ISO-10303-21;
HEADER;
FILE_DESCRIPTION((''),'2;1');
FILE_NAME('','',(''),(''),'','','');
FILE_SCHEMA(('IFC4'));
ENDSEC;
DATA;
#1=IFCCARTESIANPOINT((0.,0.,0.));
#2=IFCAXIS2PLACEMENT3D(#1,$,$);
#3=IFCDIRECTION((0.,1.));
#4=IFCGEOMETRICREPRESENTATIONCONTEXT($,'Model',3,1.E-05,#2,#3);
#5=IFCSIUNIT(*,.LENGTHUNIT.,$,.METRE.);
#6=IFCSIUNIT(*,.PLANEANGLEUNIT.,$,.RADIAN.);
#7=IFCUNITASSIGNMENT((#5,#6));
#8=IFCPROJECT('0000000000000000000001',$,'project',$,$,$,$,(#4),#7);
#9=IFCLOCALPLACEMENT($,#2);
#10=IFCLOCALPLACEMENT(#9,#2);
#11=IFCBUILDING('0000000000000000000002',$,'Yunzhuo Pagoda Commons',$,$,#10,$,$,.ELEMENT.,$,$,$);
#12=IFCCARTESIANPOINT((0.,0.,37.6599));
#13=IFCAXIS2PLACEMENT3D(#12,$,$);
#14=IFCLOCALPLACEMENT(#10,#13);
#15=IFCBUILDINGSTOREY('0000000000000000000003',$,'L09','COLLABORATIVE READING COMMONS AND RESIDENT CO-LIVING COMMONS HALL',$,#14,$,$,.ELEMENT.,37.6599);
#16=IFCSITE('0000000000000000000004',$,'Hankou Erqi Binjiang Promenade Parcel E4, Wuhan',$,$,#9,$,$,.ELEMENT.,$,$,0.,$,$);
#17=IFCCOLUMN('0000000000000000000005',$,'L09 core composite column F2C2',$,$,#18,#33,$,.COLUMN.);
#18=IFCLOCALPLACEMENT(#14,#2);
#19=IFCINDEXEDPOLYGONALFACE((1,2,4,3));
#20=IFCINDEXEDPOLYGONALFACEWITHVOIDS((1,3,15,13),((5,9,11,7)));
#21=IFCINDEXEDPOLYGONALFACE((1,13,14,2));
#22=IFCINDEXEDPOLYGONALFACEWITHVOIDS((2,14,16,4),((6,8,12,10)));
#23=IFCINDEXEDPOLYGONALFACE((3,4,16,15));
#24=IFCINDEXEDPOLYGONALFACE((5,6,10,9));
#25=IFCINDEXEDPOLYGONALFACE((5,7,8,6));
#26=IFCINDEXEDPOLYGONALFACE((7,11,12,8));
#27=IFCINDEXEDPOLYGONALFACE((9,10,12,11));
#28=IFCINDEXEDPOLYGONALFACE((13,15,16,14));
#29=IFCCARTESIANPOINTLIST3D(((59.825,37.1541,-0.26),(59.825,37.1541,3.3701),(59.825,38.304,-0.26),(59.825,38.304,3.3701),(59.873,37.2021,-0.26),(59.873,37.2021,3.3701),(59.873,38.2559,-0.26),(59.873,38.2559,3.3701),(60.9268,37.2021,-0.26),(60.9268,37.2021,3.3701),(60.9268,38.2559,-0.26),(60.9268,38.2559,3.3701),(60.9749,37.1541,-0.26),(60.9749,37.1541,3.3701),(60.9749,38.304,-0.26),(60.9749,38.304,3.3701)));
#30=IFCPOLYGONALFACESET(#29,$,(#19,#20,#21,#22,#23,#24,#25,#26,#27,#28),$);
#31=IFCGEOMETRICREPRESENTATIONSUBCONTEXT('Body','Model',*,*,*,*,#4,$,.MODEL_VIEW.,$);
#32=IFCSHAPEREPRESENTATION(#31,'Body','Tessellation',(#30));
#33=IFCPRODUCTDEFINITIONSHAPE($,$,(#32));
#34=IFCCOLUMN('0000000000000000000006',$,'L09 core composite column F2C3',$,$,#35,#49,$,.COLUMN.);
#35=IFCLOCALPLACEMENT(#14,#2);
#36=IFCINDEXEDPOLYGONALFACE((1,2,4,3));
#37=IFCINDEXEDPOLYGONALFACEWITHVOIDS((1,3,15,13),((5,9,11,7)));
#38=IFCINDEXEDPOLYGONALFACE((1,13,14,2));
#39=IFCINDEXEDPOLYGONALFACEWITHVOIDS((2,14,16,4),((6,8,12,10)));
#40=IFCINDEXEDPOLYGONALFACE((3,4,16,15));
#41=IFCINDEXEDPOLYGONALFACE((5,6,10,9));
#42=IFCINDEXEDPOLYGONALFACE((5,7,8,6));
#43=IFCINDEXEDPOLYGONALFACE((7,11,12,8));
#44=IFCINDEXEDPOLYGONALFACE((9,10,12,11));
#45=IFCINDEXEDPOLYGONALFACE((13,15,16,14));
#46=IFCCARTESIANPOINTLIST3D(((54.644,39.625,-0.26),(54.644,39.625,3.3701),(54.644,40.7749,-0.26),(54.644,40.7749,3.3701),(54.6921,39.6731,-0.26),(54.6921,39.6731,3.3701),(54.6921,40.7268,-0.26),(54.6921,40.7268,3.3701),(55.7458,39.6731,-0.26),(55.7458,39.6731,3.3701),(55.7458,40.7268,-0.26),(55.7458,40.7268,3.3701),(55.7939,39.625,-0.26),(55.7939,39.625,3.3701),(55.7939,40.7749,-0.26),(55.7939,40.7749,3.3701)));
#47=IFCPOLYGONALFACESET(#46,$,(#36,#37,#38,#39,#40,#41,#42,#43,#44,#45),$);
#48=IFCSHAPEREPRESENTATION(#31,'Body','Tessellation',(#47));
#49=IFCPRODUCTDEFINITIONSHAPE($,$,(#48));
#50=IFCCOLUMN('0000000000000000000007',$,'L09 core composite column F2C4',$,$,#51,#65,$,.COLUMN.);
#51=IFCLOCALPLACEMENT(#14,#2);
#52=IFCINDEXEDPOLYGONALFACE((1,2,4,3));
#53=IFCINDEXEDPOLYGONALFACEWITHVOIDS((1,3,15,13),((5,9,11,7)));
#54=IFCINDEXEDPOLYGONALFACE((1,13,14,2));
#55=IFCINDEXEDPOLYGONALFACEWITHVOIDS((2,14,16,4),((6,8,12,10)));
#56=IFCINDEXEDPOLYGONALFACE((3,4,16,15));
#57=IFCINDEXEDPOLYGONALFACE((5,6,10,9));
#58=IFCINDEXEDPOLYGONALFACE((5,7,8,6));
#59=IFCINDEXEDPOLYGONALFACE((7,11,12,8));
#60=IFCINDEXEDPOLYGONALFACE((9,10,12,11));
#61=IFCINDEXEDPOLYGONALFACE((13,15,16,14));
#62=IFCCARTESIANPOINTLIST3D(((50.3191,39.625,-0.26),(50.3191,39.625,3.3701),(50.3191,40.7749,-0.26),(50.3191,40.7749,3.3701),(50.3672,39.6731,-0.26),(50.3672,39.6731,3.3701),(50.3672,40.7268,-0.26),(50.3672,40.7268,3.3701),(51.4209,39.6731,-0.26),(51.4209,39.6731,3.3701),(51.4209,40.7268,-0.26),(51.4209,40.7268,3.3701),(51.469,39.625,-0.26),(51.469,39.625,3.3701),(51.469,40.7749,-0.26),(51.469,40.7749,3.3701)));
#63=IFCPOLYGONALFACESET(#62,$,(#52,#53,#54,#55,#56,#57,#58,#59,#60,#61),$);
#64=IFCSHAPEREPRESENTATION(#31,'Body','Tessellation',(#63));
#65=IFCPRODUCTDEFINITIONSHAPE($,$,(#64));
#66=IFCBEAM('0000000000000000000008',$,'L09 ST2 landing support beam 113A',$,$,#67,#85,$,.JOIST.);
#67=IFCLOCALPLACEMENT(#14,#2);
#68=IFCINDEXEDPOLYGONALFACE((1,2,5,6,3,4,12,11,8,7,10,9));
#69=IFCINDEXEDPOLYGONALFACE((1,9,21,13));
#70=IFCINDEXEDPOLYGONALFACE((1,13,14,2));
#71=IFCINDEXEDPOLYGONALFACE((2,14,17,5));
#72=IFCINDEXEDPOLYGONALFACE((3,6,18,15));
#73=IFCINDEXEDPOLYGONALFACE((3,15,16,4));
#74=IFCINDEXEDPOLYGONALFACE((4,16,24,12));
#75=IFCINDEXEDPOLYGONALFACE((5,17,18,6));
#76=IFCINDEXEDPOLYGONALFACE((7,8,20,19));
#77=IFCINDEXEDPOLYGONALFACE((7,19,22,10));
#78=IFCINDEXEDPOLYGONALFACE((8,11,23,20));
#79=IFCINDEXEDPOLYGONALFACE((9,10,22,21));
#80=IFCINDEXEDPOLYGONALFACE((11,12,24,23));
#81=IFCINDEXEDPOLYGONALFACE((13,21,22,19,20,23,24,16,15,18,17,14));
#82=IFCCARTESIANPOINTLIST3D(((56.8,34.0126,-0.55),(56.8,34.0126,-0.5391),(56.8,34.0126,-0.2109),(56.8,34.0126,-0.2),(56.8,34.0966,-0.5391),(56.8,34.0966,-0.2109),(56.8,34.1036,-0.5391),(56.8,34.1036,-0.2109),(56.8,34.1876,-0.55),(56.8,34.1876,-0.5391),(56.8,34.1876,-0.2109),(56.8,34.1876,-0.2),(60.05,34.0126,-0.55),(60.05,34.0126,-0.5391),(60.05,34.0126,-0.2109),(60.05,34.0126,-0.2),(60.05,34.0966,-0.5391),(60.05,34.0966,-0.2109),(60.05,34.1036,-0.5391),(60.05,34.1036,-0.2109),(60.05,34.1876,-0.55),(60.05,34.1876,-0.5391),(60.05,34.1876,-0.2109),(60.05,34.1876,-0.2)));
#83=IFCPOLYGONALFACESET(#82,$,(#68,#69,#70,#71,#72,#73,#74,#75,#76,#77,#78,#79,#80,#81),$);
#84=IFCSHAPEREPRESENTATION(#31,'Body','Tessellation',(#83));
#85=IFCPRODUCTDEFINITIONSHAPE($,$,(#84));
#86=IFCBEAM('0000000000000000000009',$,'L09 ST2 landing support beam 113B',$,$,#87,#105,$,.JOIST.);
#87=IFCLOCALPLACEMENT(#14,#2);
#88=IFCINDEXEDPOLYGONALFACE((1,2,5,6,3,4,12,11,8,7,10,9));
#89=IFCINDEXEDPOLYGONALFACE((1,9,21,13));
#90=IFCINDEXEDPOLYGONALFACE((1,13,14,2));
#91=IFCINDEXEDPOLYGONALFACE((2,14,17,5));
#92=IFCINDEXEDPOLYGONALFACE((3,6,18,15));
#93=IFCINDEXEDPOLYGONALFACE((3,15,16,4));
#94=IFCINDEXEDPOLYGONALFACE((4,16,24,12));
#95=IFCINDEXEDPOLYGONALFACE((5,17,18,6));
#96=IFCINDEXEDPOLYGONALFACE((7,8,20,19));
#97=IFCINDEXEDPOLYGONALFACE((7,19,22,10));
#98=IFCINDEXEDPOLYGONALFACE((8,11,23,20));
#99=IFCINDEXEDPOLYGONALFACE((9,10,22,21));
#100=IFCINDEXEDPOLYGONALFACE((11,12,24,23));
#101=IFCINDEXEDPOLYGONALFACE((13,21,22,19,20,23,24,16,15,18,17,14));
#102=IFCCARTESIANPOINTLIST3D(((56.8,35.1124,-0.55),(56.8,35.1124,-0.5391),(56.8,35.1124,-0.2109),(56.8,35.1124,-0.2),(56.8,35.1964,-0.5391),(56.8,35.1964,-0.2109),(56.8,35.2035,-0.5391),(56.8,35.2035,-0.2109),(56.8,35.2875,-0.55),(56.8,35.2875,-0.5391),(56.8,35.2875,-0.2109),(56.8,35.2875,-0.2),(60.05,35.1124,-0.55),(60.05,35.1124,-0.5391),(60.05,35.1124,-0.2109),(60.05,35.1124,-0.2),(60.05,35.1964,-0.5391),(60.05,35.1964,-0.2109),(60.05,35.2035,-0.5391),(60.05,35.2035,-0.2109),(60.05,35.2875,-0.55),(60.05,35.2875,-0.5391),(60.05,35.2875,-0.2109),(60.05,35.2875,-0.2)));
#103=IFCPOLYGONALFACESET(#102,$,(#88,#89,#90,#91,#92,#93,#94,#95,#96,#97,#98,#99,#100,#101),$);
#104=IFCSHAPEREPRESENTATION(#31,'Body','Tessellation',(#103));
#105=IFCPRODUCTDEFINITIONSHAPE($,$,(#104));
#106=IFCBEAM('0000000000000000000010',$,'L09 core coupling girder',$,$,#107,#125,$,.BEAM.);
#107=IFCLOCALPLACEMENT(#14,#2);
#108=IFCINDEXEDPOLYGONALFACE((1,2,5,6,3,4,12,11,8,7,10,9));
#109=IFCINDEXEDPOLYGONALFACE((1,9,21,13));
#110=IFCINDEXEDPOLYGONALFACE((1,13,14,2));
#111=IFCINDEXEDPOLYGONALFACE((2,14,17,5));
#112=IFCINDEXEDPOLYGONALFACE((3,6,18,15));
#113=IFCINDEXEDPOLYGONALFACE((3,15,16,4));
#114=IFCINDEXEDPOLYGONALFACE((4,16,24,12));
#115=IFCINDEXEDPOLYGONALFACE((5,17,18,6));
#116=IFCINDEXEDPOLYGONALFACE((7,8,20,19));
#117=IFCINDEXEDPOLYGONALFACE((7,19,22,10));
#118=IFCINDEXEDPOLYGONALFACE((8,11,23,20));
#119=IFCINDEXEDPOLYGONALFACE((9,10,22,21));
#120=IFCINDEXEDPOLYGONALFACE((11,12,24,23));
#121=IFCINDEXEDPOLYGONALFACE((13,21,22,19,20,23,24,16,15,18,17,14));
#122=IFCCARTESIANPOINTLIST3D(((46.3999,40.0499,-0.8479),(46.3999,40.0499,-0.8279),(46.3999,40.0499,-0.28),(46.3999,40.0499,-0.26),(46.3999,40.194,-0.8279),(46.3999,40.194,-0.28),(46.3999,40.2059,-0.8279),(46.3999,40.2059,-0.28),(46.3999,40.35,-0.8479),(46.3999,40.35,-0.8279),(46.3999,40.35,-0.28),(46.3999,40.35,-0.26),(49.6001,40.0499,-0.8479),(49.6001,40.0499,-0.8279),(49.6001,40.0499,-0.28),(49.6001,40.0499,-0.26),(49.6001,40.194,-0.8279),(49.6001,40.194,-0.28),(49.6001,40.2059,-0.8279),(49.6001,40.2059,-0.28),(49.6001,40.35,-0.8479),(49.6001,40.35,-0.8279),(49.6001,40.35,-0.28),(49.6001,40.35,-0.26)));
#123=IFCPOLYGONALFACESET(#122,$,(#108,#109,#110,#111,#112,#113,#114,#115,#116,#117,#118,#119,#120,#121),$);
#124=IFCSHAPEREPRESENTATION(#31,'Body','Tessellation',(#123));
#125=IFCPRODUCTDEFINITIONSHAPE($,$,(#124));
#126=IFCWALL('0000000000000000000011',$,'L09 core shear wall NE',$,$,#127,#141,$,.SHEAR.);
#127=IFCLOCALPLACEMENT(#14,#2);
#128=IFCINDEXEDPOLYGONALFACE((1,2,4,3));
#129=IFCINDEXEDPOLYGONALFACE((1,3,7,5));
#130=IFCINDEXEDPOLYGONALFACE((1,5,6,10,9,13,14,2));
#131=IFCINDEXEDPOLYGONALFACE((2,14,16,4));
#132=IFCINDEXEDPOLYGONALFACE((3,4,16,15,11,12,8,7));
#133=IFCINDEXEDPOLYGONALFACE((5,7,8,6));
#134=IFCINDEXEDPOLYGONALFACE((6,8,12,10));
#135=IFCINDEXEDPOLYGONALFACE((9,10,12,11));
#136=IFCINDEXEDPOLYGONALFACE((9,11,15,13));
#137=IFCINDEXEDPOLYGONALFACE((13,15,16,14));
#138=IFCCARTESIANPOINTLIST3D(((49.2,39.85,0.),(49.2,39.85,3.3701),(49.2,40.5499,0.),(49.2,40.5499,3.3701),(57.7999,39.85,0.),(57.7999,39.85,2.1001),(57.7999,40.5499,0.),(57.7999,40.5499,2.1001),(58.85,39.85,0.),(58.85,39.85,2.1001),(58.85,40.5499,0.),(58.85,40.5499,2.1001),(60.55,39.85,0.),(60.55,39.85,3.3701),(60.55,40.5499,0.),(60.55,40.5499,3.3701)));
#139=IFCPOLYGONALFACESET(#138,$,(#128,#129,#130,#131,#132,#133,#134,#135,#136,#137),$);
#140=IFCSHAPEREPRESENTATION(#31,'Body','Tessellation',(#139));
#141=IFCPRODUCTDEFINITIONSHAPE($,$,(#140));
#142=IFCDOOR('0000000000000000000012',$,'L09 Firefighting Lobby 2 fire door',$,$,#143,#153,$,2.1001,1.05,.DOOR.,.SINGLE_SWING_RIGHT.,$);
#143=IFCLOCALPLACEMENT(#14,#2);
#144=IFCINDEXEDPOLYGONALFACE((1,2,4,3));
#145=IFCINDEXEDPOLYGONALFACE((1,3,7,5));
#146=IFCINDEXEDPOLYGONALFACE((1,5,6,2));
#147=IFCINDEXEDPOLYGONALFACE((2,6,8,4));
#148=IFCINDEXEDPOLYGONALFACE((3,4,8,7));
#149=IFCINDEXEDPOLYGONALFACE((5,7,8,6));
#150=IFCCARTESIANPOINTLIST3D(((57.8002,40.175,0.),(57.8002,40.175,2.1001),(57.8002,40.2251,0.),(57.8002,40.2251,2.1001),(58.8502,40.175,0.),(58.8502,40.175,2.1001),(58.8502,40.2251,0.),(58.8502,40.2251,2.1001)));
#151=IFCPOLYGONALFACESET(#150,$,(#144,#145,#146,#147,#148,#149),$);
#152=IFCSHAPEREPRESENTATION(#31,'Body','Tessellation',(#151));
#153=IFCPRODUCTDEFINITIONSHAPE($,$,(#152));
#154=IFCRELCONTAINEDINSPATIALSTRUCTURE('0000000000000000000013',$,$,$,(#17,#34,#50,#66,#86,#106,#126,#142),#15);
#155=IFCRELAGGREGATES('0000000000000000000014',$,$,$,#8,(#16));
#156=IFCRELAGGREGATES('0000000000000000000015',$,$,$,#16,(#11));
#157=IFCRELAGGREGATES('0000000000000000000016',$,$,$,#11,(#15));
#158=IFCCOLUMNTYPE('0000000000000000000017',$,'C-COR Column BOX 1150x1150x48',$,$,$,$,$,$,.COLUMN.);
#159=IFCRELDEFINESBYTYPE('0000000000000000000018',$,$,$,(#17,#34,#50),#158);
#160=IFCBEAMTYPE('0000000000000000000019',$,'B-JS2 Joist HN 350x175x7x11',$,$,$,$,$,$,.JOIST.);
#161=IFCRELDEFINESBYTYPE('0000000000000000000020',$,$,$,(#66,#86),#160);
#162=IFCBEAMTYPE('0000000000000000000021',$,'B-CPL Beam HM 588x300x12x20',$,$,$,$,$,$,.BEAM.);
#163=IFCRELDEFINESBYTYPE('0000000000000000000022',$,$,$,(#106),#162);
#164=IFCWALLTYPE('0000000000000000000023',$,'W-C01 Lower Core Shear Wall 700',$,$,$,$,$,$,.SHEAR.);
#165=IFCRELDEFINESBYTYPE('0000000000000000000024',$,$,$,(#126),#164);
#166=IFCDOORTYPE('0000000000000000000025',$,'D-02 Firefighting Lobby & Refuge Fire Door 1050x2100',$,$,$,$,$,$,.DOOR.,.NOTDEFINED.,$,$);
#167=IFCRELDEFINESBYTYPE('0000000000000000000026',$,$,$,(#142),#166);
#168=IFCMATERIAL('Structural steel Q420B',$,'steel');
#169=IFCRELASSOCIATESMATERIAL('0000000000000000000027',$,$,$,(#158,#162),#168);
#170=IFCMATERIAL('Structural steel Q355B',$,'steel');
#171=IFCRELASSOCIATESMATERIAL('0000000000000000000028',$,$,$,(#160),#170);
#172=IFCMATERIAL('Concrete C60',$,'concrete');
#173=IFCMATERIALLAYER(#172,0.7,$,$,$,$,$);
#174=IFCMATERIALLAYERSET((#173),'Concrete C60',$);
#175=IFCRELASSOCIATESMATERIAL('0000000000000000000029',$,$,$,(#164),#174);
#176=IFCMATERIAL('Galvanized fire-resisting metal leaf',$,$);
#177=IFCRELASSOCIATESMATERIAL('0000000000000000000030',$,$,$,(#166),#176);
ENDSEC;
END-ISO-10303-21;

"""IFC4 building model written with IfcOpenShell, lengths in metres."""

from ifc_helpers import new_model, si_unit, direction, frame, frame_2d, origin, origin_2d, place, context, subcontext, project, spatial, rectangle, hollow_rectangle, i_section, extrude, source, transform, mapped, material, layer, layer_set, material_profile, profile_set, type_object, element, fill, save


model = new_model("IFC4")

# Units and contexts
model_context = context("Model", 3, precision=1e-05, world=origin(), true_north=direction((0.0, 1.0)))
body_context = subcontext(model_context, "Body", "Model", "MODEL_VIEW")
ifc_project = project(units=[si_unit("LENGTHUNIT", "METRE"), si_unit("PLANEANGLEUNIT", "RADIAN")], contexts=[model_context])

# Site, building, storey
site_placement = place(None, origin())
site = spatial("IfcSite", under=ifc_project, at=site_placement, Name="Hankou Erqi Binjiang Promenade Parcel E4, Wuhan", CompositionType="ELEMENT", RefElevation=0.0)
building_placement = place(site_placement, origin())
building = spatial("IfcBuilding", under=site, at=building_placement, Name="Yunzhuo Pagoda Commons", CompositionType="ELEMENT")
storey_placement = place(building_placement, frame((0.0, 0.0, 37.6599)))
storey = spatial("IfcBuildingStorey", under=building, at=storey_placement, Name="L09", Description="COLLABORATIVE READING COMMONS AND RESIDENT CO-LIVING COMMONS HALL", CompositionType="ELEMENT", Elevation=37.6599)

# Columns
ifc_material_1 = material(Name="Structural steel Q420B", Category="steel")
ifc_material_profile_1 = material_profile(ifc_material_1, hollow_rectangle(XDim=1.1499, YDim=1.1499, WallThickness=0.0481, at=origin_2d()), Name="Structural steel Q420B")
ifc_profile_set_1 = profile_set([ifc_material_profile_1], Name="Structural steel Q420B")
column_type = type_object("IfcColumnType", Name="C-COR Column BOX 1150x1150x48", PredefinedType="COLUMN", material=ifc_profile_set_1)
shared_shape_1 = source(origin(), body_context, "Body", "SweptSolid", [
    extrude(hollow_rectangle(XDim=1.1499, YDim=1.1499, WallThickness=0.0481, at=origin_2d()), origin(), (0.0, 0.0, 1.0), 3.6301),
])
for number, where, z_axis, x_axis, name in (
    (1, (60.3999, 37.729, -0.26), (0.0, 0.0, 1.0), (1.0, 0.0, 0.0), "L09 core composite column F2C2"),
    (2, (55.219, 40.2, -0.26), (0.0, 0.0, 1.0), (1.0, 0.0, 0.0), "L09 core composite column F2C3"),
    (3, (50.894, 40.2, -0.26), (0.0, 0.0, 1.0), (1.0, 0.0, 0.0), "L09 core composite column F2C4"),
):
    element("IfcColumn", number, at=place(storey_placement, frame(where, z_axis=z_axis, x_axis=x_axis)), inside=storey, type_object=column_type, Name=name, PredefinedType="COLUMN", context=body_context, shape_type="MappedRepresentation", body=[
        mapped(shared_shape_1, transform((0.0, 0.0, 0.0), scale=1.0)),
    ])

# Beams
ifc_material_2 = material(Name="Structural steel Q355B", Category="steel")
ifc_material_profile_2 = material_profile(ifc_material_2, i_section(OverallWidth=0.175, OverallDepth=0.3501, WebThickness=0.0071, FlangeThickness=0.011, at=origin_2d()), Name="Structural steel Q355B")
ifc_profile_set_2 = profile_set([ifc_material_profile_2], Name="Structural steel Q355B")
beam_type_1 = type_object("IfcBeamType", Name="B-JS2 Joist HN 350x175x7x11", PredefinedType="JOIST", material=ifc_profile_set_2)
shared_shape_2 = source(origin(), body_context, "Body", "SweptSolid", [
    extrude(i_section(OverallWidth=0.175, OverallDepth=0.3501, WebThickness=0.0071, FlangeThickness=0.011, at=origin_2d()), origin(), (0.0, 0.0, 1.0), 3.25),
])
for number, where, z_axis, x_axis, name in (
    (4, (56.8, 34.1001, -0.375), (1.0, 0.0, 0.0), (0.0, 1.0, 0.0), "L09 ST2 landing support beam 113A"),
    (5, (56.8, 35.2, -0.375), (1.0, 0.0, 0.0), (0.0, 1.0, 0.0), "L09 ST2 landing support beam 113B"),
):
    element("IfcBeam", number, at=place(storey_placement, frame(where, z_axis=z_axis, x_axis=x_axis)), inside=storey, type_object=beam_type_1, Name=name, PredefinedType="JOIST", context=body_context, shape_type="MappedRepresentation", body=[
        mapped(shared_shape_2, transform((0.0, 0.0, 0.0), scale=1.0)),
    ])
ifc_material_profile_3 = material_profile(ifc_material_1, i_section(OverallWidth=0.3, OverallDepth=0.5879, WebThickness=0.012, FlangeThickness=0.02, at=origin_2d()), Name="Structural steel Q420B")
ifc_profile_set_3 = profile_set([ifc_material_profile_3], Name="Structural steel Q420B")
beam_type_2 = type_object("IfcBeamType", Name="B-CPL Beam HM 588x300x12x20", PredefinedType="BEAM", material=ifc_profile_set_3)
shared_shape_3 = source(origin(), body_context, "Body", "SweptSolid", [
    extrude(i_section(OverallWidth=0.3, OverallDepth=0.5879, WebThickness=0.012, FlangeThickness=0.02, at=origin_2d()), origin(), (0.0, 0.0, 1.0), 3.2002),
])
beam_placement = place(storey_placement, frame((46.3999, 40.2, -0.554), z_axis=(1.0, 0.0, 0.0), x_axis=(0.0, 1.0, 0.0)))
element("IfcBeam", 6, at=beam_placement, inside=storey, type_object=beam_type_2, Name="L09 core coupling girder", PredefinedType="BEAM", context=body_context, shape_type="MappedRepresentation", body=[
    mapped(shared_shape_3, transform((0.0, 0.0, 0.0), scale=1.0)),
])

# Wall, opening, door
ifc_material_3 = material(Name="Concrete C60", Category="concrete")
ifc_layer_1 = layer(ifc_material_3, 0.7)
ifc_layer_set_1 = layer_set([ifc_layer_1], Name="Concrete C60")
wall_type_1 = type_object("IfcWallType", Name="W-C01 Lower Core Shear Wall 700", PredefinedType="SHEAR", material=ifc_layer_set_1)
wall_1_placement = place(storey_placement, frame((49.2, 40.2, 0.0), z_axis=(0.0, 0.0, 1.0), x_axis=(1.0, 0.0, 0.0)))
wall_1 = element("IfcWall", 7, at=wall_1_placement, inside=storey, type_object=wall_type_1, Name="L09 core shear wall NE", PredefinedType="SHEAR", context=body_context, shape_type="SweptSolid", body=[
    extrude(rectangle(XDim=11.3501, YDim=0.7, at=frame_2d((5.675, 0.0))), origin(), (0.0, 0.0, 1.0), 3.3701),
])
opening_1_placement = place(wall_1_placement, frame((8.6001, 0.0, 0.0)))
opening_1 = element("IfcOpeningElement", 8, at=opening_1_placement, cuts=wall_1, PredefinedType="OPENING", context=body_context, shape_type="SweptSolid", body=[
    extrude(rectangle(XDim=1.05, YDim=2.1001, at=frame_2d((0.5249, 1.05))), frame((0.0, 0.3599, 0.0), z_axis=(0.0, -1.0, 0.0), x_axis=(1.0, 0.0, 0.0)), (0.0, 0.0, 1.0), 0.72),
])
ifc_material_4 = material(Name="Galvanized fire-resisting metal leaf")
door_type_1 = type_object("IfcDoorType", Name="D-02 Firefighting Lobby & Refuge Fire Door 1050x2100", OperationType="NOTDEFINED", PredefinedType="DOOR", material=ifc_material_4)
shared_shape_4 = source(origin(), body_context, "Body", "SweptSolid", [
    extrude(rectangle(XDim=1.05, YDim=2.1001, at=frame_2d((0.5249, 1.05))), frame((0.0, 0.0249, 0.0), z_axis=(0.0, -1.0, 0.0), x_axis=(1.0, 0.0, 0.0)), (0.0, 0.0, 1.0), 0.05),
])
door_1_placement = place(opening_1_placement, frame((1.05, 0.0, 0.0), z_axis=(0.0, 0.0, 1.0), x_axis=(-1.0, 0.0, 0.0)))
door_1 = element("IfcDoor", 9, at=door_1_placement, inside=storey, type_object=door_type_1, Name="L09 Firefighting Lobby 2 fire door", OperationType="SINGLE_SWING_RIGHT", OverallHeight=2.1001, OverallWidth=1.05, PredefinedType="DOOR", context=body_context, shape_type="MappedRepresentation", body=[
    mapped(shared_shape_4, transform((0.0, 0.0, 0.0), scale=1.0)),
])
fill(opening_1, door_1)

save(model, "model.ifc")
